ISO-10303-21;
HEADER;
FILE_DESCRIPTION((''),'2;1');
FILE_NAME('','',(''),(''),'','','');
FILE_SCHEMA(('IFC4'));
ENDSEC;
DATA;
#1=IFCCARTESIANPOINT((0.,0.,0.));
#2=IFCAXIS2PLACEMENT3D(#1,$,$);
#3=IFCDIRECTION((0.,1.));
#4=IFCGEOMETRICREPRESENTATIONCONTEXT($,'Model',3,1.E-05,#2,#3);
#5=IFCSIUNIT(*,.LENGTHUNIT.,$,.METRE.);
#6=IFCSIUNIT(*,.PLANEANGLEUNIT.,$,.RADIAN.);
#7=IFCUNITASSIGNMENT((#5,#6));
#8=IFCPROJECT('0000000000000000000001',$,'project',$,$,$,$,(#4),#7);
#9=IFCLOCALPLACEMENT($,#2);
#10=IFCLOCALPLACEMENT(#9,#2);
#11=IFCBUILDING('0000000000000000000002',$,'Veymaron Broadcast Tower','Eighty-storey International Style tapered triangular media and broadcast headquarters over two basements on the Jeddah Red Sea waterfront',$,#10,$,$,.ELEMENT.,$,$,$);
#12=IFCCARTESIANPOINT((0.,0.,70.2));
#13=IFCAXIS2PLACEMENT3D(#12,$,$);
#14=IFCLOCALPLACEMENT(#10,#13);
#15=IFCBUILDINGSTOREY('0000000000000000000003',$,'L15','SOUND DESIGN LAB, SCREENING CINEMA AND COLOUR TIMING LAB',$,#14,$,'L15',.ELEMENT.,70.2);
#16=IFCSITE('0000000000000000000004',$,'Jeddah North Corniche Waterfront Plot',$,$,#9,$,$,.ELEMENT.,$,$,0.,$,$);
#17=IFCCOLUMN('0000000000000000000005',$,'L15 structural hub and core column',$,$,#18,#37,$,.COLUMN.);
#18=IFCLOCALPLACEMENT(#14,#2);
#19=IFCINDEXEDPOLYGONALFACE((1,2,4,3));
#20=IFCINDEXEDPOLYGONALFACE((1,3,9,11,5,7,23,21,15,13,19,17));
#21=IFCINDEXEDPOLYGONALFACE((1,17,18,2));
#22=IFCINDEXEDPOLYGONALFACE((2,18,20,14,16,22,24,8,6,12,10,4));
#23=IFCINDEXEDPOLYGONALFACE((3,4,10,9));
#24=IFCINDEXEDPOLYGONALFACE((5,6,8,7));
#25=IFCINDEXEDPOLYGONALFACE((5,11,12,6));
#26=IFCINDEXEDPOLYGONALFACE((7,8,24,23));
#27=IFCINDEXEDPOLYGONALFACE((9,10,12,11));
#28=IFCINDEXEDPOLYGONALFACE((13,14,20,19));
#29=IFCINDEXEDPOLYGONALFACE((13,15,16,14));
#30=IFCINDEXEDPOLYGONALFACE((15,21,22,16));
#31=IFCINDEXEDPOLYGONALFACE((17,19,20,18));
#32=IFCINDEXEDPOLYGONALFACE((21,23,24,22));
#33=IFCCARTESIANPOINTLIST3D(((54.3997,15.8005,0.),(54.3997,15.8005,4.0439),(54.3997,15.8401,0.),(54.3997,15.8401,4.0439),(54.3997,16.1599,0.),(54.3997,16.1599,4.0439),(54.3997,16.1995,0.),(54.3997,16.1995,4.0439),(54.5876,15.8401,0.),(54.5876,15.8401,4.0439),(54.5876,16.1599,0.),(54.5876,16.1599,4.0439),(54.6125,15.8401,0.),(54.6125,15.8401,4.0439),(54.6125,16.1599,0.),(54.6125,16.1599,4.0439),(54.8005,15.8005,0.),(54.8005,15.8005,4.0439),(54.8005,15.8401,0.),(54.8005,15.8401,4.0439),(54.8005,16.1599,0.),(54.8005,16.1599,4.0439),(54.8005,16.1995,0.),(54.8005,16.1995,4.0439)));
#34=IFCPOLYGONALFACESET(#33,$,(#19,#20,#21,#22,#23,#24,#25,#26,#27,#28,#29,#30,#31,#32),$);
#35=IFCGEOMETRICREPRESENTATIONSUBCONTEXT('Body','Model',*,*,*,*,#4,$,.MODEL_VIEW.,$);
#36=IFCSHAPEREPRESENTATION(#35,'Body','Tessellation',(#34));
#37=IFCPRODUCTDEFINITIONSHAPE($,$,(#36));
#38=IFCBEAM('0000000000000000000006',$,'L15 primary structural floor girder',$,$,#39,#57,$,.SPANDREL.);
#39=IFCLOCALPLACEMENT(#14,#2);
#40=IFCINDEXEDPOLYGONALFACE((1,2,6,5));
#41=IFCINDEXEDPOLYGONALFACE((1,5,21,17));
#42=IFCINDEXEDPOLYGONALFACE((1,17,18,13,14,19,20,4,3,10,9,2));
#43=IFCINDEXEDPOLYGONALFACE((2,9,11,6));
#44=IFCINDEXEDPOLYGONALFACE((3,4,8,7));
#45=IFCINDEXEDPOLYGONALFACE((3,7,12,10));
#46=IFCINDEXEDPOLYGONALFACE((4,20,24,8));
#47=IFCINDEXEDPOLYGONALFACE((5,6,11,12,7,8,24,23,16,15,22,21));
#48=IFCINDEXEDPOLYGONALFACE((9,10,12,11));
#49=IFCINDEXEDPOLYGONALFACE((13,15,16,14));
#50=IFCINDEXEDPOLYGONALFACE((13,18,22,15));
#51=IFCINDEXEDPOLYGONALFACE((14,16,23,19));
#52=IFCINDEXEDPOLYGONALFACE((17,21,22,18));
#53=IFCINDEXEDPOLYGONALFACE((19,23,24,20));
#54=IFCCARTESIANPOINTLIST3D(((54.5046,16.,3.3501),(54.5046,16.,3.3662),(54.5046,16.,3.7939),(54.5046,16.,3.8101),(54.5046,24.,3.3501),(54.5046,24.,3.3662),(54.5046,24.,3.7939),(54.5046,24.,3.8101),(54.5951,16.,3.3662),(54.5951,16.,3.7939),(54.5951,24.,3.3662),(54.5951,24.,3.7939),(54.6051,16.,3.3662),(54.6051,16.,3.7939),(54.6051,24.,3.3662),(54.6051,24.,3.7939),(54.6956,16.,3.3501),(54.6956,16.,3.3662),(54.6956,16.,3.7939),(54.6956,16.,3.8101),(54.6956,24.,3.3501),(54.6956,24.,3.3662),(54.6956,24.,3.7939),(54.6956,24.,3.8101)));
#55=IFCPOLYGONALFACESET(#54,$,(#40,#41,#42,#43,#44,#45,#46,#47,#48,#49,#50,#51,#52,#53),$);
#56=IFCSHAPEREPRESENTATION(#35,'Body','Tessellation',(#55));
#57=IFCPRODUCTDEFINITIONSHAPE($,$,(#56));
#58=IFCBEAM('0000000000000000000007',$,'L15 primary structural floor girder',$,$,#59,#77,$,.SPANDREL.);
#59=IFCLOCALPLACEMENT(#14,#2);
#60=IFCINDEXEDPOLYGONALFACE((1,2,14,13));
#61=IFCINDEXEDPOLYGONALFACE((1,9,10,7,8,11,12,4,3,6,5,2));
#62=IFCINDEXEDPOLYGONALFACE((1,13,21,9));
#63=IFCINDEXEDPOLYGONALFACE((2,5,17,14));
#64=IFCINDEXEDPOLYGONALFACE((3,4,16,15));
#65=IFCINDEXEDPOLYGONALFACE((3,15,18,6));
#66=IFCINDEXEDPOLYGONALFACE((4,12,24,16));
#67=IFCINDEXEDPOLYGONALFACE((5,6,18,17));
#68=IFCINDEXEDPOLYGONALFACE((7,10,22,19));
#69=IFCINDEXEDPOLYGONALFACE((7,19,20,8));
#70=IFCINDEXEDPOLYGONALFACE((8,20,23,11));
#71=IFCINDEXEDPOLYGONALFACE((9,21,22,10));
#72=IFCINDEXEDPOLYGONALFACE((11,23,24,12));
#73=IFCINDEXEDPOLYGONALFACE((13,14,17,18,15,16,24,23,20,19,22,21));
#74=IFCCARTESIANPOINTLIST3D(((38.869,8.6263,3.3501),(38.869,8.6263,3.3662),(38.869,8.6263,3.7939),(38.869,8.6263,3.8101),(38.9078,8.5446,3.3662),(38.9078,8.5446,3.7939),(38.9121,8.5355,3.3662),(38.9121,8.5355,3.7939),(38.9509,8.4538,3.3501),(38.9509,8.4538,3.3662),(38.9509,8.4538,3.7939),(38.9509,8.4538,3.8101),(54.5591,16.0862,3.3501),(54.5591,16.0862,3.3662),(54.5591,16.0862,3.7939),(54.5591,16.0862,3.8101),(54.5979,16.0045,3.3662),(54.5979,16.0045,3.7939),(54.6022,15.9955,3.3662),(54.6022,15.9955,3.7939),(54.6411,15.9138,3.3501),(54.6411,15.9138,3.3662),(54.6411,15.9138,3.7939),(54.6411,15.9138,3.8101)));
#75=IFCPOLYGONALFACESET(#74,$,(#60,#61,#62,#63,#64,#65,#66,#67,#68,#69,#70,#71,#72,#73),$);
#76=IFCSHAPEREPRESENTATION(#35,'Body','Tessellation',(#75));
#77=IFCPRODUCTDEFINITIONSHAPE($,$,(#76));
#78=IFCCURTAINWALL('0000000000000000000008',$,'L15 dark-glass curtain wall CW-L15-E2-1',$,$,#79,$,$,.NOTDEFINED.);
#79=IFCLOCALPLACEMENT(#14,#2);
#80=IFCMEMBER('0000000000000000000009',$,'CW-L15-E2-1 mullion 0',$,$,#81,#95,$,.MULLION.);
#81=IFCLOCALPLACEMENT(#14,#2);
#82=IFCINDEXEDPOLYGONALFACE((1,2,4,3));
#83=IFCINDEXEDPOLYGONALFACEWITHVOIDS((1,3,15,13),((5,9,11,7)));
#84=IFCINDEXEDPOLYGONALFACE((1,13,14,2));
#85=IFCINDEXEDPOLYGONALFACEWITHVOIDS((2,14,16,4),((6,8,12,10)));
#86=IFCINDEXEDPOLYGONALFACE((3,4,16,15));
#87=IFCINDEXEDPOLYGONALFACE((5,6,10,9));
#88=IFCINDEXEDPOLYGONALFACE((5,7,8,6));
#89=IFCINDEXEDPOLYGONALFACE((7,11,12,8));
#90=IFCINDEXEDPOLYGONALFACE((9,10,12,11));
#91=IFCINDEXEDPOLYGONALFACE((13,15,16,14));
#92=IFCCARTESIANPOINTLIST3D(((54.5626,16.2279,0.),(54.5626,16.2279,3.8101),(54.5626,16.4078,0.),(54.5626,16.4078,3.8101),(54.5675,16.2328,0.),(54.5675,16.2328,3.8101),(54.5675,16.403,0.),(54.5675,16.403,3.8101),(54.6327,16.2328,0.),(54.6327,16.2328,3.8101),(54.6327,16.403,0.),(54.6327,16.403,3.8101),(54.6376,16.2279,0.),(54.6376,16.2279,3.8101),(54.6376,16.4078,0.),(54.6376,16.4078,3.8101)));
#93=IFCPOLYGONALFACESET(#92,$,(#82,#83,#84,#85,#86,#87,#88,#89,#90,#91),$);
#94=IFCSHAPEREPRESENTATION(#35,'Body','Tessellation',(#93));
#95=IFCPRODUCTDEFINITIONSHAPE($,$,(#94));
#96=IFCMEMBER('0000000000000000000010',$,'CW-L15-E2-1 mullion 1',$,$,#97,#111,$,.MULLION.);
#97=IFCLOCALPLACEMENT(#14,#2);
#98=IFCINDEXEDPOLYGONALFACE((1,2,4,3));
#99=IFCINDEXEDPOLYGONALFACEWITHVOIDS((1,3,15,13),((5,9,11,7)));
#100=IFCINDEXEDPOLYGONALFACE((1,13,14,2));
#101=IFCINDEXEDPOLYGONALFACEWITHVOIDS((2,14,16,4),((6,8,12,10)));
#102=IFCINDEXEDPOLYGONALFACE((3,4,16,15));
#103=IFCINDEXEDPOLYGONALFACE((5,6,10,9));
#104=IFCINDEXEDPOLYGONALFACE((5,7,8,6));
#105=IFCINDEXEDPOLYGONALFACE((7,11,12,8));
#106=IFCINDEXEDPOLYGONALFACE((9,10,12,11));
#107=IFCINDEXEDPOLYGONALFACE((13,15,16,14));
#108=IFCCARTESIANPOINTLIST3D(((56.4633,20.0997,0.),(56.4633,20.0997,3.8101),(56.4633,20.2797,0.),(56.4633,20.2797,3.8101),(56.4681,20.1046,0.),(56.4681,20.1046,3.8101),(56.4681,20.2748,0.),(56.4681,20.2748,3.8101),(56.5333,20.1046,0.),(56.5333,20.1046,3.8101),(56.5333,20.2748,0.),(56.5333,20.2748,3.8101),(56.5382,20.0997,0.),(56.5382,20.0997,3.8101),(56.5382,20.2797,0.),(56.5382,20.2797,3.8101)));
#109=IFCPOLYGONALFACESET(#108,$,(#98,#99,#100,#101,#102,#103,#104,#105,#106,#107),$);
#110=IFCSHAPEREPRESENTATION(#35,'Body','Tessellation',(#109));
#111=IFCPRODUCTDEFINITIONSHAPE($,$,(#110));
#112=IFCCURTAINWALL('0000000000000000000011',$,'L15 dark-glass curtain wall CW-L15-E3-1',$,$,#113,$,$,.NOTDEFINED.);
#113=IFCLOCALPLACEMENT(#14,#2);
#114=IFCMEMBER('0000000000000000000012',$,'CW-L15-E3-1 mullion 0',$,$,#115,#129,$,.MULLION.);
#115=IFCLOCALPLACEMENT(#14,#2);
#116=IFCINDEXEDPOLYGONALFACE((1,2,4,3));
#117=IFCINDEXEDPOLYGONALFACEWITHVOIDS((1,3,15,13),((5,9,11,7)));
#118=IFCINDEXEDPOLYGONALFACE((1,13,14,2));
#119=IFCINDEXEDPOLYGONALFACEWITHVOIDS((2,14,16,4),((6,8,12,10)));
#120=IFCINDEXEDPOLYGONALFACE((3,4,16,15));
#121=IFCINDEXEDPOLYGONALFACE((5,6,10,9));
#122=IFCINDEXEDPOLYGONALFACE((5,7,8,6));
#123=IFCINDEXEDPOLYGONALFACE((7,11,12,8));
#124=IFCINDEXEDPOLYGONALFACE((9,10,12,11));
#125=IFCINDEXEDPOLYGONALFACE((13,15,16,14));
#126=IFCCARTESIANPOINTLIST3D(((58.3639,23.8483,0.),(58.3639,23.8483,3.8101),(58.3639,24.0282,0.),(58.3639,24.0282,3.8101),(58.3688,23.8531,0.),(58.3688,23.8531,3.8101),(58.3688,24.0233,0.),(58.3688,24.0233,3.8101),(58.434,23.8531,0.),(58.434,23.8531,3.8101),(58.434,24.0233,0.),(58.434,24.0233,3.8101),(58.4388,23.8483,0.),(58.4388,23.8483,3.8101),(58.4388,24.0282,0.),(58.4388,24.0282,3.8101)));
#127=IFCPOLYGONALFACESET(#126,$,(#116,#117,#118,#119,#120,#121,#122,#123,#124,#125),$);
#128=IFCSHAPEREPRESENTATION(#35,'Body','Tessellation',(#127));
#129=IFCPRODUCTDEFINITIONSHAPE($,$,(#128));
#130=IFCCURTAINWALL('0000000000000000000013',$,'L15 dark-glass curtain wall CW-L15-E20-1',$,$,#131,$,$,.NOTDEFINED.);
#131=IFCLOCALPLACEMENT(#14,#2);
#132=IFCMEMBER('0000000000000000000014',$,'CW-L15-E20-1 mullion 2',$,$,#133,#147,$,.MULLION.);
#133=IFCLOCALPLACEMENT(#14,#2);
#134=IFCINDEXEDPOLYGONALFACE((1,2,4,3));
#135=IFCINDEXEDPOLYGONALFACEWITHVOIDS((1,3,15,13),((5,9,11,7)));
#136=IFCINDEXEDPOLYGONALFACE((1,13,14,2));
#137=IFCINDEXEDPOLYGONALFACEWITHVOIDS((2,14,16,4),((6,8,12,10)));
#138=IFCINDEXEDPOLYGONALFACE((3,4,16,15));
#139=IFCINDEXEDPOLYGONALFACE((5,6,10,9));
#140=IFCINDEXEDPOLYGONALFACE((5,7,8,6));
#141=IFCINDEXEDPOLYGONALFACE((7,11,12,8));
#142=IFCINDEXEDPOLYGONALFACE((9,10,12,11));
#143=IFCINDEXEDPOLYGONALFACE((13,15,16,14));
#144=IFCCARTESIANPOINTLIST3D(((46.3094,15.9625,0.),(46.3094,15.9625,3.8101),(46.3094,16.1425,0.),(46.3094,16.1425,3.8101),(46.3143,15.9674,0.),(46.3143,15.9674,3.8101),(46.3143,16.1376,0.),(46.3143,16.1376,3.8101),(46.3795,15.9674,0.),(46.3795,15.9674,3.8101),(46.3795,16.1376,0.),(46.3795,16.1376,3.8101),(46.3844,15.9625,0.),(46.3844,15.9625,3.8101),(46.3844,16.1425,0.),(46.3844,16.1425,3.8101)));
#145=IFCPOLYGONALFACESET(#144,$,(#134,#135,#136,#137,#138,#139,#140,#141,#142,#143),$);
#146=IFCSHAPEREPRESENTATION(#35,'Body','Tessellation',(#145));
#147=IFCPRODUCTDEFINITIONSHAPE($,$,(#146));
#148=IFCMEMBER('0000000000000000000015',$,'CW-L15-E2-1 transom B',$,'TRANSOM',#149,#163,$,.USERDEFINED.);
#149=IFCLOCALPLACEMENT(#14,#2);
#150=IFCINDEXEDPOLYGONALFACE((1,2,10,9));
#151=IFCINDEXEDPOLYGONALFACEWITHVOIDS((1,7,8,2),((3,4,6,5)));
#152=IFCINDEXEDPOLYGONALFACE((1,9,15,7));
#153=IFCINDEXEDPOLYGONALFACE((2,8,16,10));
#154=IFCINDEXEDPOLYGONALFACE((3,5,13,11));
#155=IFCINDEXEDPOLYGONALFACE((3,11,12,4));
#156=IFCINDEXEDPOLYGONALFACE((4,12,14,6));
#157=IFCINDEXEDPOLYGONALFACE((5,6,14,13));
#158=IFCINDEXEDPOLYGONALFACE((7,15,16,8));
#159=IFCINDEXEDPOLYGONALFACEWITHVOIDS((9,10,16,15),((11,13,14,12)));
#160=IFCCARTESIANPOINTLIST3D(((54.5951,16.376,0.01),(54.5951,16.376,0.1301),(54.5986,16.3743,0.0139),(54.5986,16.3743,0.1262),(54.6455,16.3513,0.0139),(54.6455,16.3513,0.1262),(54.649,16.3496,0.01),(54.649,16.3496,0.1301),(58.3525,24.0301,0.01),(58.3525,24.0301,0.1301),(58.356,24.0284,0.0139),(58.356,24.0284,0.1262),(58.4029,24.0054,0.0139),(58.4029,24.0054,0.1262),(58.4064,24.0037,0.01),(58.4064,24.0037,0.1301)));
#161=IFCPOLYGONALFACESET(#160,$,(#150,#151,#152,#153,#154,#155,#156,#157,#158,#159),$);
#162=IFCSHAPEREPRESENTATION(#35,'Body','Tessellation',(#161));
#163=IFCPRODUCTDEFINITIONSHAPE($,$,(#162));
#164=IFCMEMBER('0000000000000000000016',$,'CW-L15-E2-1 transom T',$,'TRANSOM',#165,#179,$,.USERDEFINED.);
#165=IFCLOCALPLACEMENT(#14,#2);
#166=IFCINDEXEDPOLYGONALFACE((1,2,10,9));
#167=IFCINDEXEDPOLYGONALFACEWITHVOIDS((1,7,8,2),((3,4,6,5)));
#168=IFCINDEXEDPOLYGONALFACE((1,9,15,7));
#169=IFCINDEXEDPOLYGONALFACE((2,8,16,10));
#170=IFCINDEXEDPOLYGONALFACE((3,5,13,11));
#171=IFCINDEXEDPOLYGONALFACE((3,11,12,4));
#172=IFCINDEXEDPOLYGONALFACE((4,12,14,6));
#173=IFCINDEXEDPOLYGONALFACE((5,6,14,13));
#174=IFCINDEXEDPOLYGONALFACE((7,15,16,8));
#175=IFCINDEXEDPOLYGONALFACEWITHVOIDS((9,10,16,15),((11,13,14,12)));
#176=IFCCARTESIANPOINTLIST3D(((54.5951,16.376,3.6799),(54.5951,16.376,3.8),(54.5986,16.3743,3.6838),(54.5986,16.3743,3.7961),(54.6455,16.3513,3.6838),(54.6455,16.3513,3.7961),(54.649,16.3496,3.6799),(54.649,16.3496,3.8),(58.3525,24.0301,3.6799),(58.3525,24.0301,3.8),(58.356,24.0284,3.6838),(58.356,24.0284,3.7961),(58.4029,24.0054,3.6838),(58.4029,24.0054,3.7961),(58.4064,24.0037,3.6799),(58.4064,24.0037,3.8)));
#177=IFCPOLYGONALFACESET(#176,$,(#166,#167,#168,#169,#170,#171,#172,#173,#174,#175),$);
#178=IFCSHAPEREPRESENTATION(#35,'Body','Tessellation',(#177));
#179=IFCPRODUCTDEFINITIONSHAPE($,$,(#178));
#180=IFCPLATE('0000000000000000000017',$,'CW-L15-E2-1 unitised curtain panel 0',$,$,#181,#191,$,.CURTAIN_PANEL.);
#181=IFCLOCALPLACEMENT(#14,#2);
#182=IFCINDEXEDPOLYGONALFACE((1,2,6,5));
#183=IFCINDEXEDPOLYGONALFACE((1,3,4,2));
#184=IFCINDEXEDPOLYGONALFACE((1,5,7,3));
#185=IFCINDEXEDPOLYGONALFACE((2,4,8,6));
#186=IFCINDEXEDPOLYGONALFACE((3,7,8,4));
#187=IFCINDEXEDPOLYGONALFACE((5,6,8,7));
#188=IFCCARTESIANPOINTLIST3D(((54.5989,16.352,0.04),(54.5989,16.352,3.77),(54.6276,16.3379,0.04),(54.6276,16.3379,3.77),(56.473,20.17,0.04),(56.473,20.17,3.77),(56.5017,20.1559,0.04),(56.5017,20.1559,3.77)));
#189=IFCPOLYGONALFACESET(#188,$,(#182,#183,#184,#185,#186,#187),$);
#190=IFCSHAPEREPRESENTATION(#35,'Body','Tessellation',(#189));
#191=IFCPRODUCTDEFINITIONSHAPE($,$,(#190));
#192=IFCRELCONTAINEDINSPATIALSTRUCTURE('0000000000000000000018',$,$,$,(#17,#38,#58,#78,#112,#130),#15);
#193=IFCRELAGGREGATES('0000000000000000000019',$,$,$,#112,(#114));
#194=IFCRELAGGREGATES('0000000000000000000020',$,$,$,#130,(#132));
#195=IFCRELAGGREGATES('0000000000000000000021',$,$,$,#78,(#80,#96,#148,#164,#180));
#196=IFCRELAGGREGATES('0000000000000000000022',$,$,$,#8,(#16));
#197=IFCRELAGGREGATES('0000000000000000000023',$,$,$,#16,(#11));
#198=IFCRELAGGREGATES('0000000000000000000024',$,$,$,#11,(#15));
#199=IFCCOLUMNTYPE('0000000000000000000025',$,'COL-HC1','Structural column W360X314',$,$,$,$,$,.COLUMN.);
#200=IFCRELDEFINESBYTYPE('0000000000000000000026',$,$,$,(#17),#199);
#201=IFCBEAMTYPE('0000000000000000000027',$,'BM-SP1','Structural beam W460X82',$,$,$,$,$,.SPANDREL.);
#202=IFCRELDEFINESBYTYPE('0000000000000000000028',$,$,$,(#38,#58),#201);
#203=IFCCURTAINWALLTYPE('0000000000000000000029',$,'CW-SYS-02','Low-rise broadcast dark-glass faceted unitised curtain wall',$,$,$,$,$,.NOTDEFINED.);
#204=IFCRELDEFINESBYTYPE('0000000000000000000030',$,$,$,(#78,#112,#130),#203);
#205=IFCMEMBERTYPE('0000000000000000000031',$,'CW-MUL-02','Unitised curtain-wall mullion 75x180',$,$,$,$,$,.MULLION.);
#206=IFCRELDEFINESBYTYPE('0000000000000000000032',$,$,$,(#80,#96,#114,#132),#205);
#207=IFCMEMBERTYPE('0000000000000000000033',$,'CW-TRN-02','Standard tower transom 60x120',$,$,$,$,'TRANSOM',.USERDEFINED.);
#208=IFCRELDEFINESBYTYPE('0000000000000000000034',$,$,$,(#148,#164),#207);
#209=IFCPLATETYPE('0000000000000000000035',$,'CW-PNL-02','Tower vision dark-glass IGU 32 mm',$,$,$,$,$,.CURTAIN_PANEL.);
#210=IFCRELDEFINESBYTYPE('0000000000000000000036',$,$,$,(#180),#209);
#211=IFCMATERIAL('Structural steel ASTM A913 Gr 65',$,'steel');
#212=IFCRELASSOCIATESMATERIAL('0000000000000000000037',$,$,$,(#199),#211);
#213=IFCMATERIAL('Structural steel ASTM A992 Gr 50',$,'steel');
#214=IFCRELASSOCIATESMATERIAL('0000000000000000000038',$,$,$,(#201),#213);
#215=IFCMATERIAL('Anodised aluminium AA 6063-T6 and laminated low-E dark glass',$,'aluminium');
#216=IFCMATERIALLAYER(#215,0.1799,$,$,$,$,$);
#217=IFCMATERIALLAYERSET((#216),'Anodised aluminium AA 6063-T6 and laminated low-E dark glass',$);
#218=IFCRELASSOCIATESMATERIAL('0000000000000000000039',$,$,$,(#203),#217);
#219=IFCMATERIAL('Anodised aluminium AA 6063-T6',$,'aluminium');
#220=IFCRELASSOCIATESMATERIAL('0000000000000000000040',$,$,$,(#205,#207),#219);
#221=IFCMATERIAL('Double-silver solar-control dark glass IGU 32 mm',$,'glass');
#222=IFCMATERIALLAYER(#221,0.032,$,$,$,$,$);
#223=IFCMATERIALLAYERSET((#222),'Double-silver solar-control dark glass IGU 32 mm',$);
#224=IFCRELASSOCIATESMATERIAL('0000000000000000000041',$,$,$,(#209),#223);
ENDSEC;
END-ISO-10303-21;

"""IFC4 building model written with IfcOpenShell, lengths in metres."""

from ifc_helpers import new_model, si_unit, direction, frame, origin, origin_2d, place, context, subcontext, project, spatial, rectangle, hollow_rectangle, i_section, extrude, material, layer, layer_set, material_profile, profile_set, type_object, element, aggregate, save


model = new_model("IFC4")

# Units and contexts
model_context = context("Model", 3, precision=1e-05, world=origin(), true_north=direction((0.0, 1.0)))
body_context = subcontext(model_context, "Body", "Model", "MODEL_VIEW")
ifc_project = project(units=[si_unit("LENGTHUNIT", "METRE"), si_unit("PLANEANGLEUNIT", "RADIAN")], contexts=[model_context])

# Site, building, storey
site_placement = place(None, origin())
site = spatial("IfcSite", under=ifc_project, at=site_placement, Name="Jeddah North Corniche Waterfront Plot", CompositionType="ELEMENT", RefElevation=0.0)
building_placement = place(site_placement, origin())
building = spatial("IfcBuilding", under=site, at=building_placement, Name="Veymaron Broadcast Tower", Description="Eighty-storey International Style tapered triangular media and broadcast headquarters over two basements on the Jeddah Red Sea waterfront", CompositionType="ELEMENT")
storey_placement = place(building_placement, frame((0.0, 0.0, 70.2)))
storey = spatial("IfcBuildingStorey", under=building, at=storey_placement, Name="L15", Description="SOUND DESIGN LAB, SCREENING CINEMA AND COLOUR TIMING LAB", LongName="L15", CompositionType="ELEMENT", Elevation=70.2)

# Column
ifc_material_1 = material(Name="Structural steel ASTM A913 Gr 65", Category="steel")
ifc_material_profile_1 = material_profile(ifc_material_1, i_section(OverallWidth=0.4009, OverallDepth=0.3989, WebThickness=0.0249, FlangeThickness=0.0396, at=origin_2d()), Name="W360X314")
ifc_profile_set_1 = profile_set([ifc_material_profile_1], Name="Structural steel ASTM A913 Gr 65")
column_type = type_object("IfcColumnType", Name="COL-HC1", Description="Structural column W360X314", PredefinedType="COLUMN", material=ifc_profile_set_1)
column_placement = place(storey_placement, frame((54.6001, 16.0, 0.0), z_axis=(0.0, 0.0, 1.0), x_axis=(1.0, 0.0, 0.0)))
element("IfcColumn", 1, at=column_placement, inside=storey, type_object=column_type, Name="L15 structural hub and core column", PredefinedType="COLUMN", context=body_context, shape_type="SweptSolid", body=[
    extrude(i_section(OverallWidth=0.4009, OverallDepth=0.3989, WebThickness=0.0249, FlangeThickness=0.0396, at=origin_2d()), origin(), (0.0, 0.0, 1.0), 4.0439),
])

# Beams
ifc_material_2 = material(Name="Structural steel ASTM A992 Gr 50", Category="steel")
ifc_material_profile_2 = material_profile(ifc_material_2, i_section(OverallWidth=0.1909, OverallDepth=0.46, WebThickness=0.01, FlangeThickness=0.0161, at=origin_2d()), Name="W460X82")
ifc_profile_set_2 = profile_set([ifc_material_profile_2], Name="Structural steel ASTM A992 Gr 50")
beam_type = type_object("IfcBeamType", Name="BM-SP1", Description="Structural beam W460X82", PredefinedType="SPANDREL", material=ifc_profile_set_2)
beam_1_placement = place(storey_placement, frame((54.6001, 16.0, 3.5801), z_axis=(0.0, 1.0, 0.0), x_axis=(-1.0, 0.0, 0.0)))
element("IfcBeam", 2, at=beam_1_placement, inside=storey, type_object=beam_type, Name="L15 primary structural floor girder", PredefinedType="SPANDREL", context=body_context, shape_type="SweptSolid", body=[
    extrude(i_section(OverallWidth=0.1909, OverallDepth=0.46, WebThickness=0.01, FlangeThickness=0.0161, at=origin_2d()), origin(), (0.0, 0.0, 1.0), 8.0),
])
beam_2_placement = place(storey_placement, frame((54.6001, 16.0, 3.5801), z_axis=(-0.903119, -0.429391, 0.0), x_axis=(0.429391, -0.903119, 0.0)))
element("IfcBeam", 3, at=beam_2_placement, inside=storey, type_object=beam_type, Name="L15 primary structural floor girder", PredefinedType="SPANDREL", context=body_context, shape_type="SweptSolid", body=[
    extrude(i_section(OverallWidth=0.1909, OverallDepth=0.46, WebThickness=0.01, FlangeThickness=0.0161, at=origin_2d()), origin(), (0.0, 0.0, 1.0), 17.3733),
])

# Curtain wall, members
ifc_material_3 = material(Name="Anodised aluminium AA 6063-T6 and laminated low-E dark glass", Category="aluminium")
ifc_layer_1 = layer(ifc_material_3, 0.1799)
ifc_layer_set_1 = layer_set([ifc_layer_1], Name="Anodised aluminium AA 6063-T6 and laminated low-E dark glass")
curtain_wall_type = type_object("IfcCurtainWallType", Name="CW-SYS-02", Description="Low-rise broadcast dark-glass faceted unitised curtain wall", PredefinedType="NOTDEFINED", material=ifc_layer_set_1)
curtain_wall_1_placement = place(storey_placement, origin())
curtain_wall_1 = element("IfcCurtainWall", 4, at=curtain_wall_1_placement, inside=storey, type_object=curtain_wall_type, Name="L15 dark-glass curtain wall CW-L15-E2-1", PredefinedType="NOTDEFINED")
ifc_material_4 = material(Name="Anodised aluminium AA 6063-T6", Category="aluminium")
ifc_material_profile_3 = material_profile(ifc_material_4, hollow_rectangle(XDim=0.075, YDim=0.1799, WallThickness=0.0049, at=origin_2d()), Name="AL180X75X5")
ifc_profile_set_3 = profile_set([ifc_material_profile_3], Name="Anodised aluminium AA 6063-T6")
member_type_1 = type_object("IfcMemberType", Name="CW-MUL-02", Description="Unitised curtain-wall mullion 75x180", PredefinedType="MULLION", material=ifc_profile_set_3)
member_1_placement = place(storey_placement, frame((54.6001, 16.3179, 0.0), z_axis=(0.0, 0.0, 1.0), x_axis=(1.0, 0.0, 0.0)))
member_1 = element("IfcMember", 5, at=member_1_placement, type_object=member_type_1, Name="CW-L15-E2-1 mullion 0", PredefinedType="MULLION", context=body_context, shape_type="SweptSolid", body=[
    extrude(hollow_rectangle(XDim=0.075, YDim=0.1799, WallThickness=0.0049, at=origin_2d()), origin(), (0.0, 0.0, 1.0), 3.8101),
])
member_2_placement = place(storey_placement, frame((56.5007, 20.1897, 0.0), z_axis=(0.0, 0.0, 1.0), x_axis=(1.0, 0.0, 0.0)))
member_2 = element("IfcMember", 6, at=member_2_placement, type_object=member_type_1, Name="CW-L15-E2-1 mullion 1", PredefinedType="MULLION", context=body_context, shape_type="SweptSolid", body=[
    extrude(hollow_rectangle(XDim=0.075, YDim=0.1799, WallThickness=0.0049, at=origin_2d()), origin(), (0.0, 0.0, 1.0), 3.8101),
])

# Curtain walls, members
curtain_wall_2_placement = place(storey_placement, origin())
curtain_wall_2 = element("IfcCurtainWall", 7, at=curtain_wall_2_placement, inside=storey, type_object=curtain_wall_type, Name="L15 dark-glass curtain wall CW-L15-E3-1", PredefinedType="NOTDEFINED")
member_3_placement = place(storey_placement, frame((58.4014, 23.9382, 0.0), z_axis=(0.0, 0.0, 1.0), x_axis=(1.0, 0.0, 0.0)))
member_3 = element("IfcMember", 8, at=member_3_placement, type_object=member_type_1, Name="CW-L15-E3-1 mullion 0", PredefinedType="MULLION", context=body_context, shape_type="SweptSolid", body=[
    extrude(hollow_rectangle(XDim=0.075, YDim=0.1799, WallThickness=0.0049, at=origin_2d()), origin(), (0.0, 0.0, 1.0), 3.8101),
])
aggregate(curtain_wall_2, [member_3])
curtain_wall_3_placement = place(storey_placement, origin())
curtain_wall_3 = element("IfcCurtainWall", 9, at=curtain_wall_3_placement, inside=storey, type_object=curtain_wall_type, Name="L15 dark-glass curtain wall CW-L15-E20-1", PredefinedType="NOTDEFINED")
member_4_placement = place(storey_placement, frame((46.3469, 16.0525, 0.0), z_axis=(0.0, 0.0, 1.0), x_axis=(1.0, 0.0, 0.0)))
member_4 = element("IfcMember", 10, at=member_4_placement, type_object=member_type_1, Name="CW-L15-E20-1 mullion 2", PredefinedType="MULLION", context=body_context, shape_type="SweptSolid", body=[
    extrude(hollow_rectangle(XDim=0.075, YDim=0.1799, WallThickness=0.0049, at=origin_2d()), origin(), (0.0, 0.0, 1.0), 3.8101),
])
aggregate(curtain_wall_3, [member_4])

# Members
ifc_material_profile_4 = material_profile(ifc_material_4, hollow_rectangle(XDim=0.0601, YDim=0.1201, WallThickness=0.0039, at=origin_2d()), Name="AL120X60X4")
ifc_profile_set_4 = profile_set([ifc_material_profile_4], Name="Anodised aluminium AA 6063-T6")
member_type_2 = type_object("IfcMemberType", Name="CW-TRN-02", Description="Standard tower transom 60x120", ElementType="TRANSOM", PredefinedType="USERDEFINED", material=ifc_profile_set_4)
member_5_placement = place(storey_placement, frame((54.6221, 16.3628, 0.0701), z_axis=(0.440662, 0.897673, 0.0), x_axis=(-0.897673, 0.440662, 0.0)))
member_5 = element("IfcMember", 11, at=member_5_placement, type_object=member_type_2, Name="CW-L15-E2-1 transom B", ObjectType="TRANSOM", PredefinedType="USERDEFINED", context=body_context, shape_type="SweptSolid", body=[
    extrude(hollow_rectangle(XDim=0.0601, YDim=0.1201, WallThickness=0.0039, at=origin_2d()), origin(), (0.0, 0.0, 1.0), 8.5266),
])
member_6_placement = place(storey_placement, frame((54.6221, 16.3628, 3.74), z_axis=(0.440662, 0.897673, 0.0), x_axis=(-0.897673, 0.440662, 0.0)))
member_6 = element("IfcMember", 12, at=member_6_placement, type_object=member_type_2, Name="CW-L15-E2-1 transom T", ObjectType="TRANSOM", PredefinedType="USERDEFINED", context=body_context, shape_type="SweptSolid", body=[
    extrude(hollow_rectangle(XDim=0.0601, YDim=0.1201, WallThickness=0.0039, at=origin_2d()), origin(), (0.0, 0.0, 1.0), 8.5266),
])

# Plate
ifc_material_5 = material(Name="Double-silver solar-control dark glass IGU 32 mm", Category="glass")
ifc_layer_2 = layer(ifc_material_5, 0.032)
ifc_layer_set_2 = layer_set([ifc_layer_2], Name="Double-silver solar-control dark glass IGU 32 mm")
plate_type_1 = type_object("IfcPlateType", Name="CW-PNL-02", Description="Tower vision dark-glass IGU 32 mm", PredefinedType="CURTAIN_PANEL", material=ifc_layer_set_2)
plate_1_placement = place(storey_placement, frame((55.5503, 18.2539, 0.04), z_axis=(0.0, 0.0, 1.0), x_axis=(0.440644, 0.897682, 0.0)))
plate_1 = element("IfcPlate", 13, at=plate_1_placement, type_object=plate_type_1, Name="CW-L15-E2-1 unitised curtain panel 0", PredefinedType="CURTAIN_PANEL", context=body_context, shape_type="SweptSolid", body=[
    extrude(rectangle(XDim=4.2532, YDim=0.032, at=origin_2d()), origin(), (0.0, 0.0, 1.0), 3.73),
])
aggregate(curtain_wall_1, [member_1, member_2, member_5, member_6, plate_1])

save(model, "model.ifc")
